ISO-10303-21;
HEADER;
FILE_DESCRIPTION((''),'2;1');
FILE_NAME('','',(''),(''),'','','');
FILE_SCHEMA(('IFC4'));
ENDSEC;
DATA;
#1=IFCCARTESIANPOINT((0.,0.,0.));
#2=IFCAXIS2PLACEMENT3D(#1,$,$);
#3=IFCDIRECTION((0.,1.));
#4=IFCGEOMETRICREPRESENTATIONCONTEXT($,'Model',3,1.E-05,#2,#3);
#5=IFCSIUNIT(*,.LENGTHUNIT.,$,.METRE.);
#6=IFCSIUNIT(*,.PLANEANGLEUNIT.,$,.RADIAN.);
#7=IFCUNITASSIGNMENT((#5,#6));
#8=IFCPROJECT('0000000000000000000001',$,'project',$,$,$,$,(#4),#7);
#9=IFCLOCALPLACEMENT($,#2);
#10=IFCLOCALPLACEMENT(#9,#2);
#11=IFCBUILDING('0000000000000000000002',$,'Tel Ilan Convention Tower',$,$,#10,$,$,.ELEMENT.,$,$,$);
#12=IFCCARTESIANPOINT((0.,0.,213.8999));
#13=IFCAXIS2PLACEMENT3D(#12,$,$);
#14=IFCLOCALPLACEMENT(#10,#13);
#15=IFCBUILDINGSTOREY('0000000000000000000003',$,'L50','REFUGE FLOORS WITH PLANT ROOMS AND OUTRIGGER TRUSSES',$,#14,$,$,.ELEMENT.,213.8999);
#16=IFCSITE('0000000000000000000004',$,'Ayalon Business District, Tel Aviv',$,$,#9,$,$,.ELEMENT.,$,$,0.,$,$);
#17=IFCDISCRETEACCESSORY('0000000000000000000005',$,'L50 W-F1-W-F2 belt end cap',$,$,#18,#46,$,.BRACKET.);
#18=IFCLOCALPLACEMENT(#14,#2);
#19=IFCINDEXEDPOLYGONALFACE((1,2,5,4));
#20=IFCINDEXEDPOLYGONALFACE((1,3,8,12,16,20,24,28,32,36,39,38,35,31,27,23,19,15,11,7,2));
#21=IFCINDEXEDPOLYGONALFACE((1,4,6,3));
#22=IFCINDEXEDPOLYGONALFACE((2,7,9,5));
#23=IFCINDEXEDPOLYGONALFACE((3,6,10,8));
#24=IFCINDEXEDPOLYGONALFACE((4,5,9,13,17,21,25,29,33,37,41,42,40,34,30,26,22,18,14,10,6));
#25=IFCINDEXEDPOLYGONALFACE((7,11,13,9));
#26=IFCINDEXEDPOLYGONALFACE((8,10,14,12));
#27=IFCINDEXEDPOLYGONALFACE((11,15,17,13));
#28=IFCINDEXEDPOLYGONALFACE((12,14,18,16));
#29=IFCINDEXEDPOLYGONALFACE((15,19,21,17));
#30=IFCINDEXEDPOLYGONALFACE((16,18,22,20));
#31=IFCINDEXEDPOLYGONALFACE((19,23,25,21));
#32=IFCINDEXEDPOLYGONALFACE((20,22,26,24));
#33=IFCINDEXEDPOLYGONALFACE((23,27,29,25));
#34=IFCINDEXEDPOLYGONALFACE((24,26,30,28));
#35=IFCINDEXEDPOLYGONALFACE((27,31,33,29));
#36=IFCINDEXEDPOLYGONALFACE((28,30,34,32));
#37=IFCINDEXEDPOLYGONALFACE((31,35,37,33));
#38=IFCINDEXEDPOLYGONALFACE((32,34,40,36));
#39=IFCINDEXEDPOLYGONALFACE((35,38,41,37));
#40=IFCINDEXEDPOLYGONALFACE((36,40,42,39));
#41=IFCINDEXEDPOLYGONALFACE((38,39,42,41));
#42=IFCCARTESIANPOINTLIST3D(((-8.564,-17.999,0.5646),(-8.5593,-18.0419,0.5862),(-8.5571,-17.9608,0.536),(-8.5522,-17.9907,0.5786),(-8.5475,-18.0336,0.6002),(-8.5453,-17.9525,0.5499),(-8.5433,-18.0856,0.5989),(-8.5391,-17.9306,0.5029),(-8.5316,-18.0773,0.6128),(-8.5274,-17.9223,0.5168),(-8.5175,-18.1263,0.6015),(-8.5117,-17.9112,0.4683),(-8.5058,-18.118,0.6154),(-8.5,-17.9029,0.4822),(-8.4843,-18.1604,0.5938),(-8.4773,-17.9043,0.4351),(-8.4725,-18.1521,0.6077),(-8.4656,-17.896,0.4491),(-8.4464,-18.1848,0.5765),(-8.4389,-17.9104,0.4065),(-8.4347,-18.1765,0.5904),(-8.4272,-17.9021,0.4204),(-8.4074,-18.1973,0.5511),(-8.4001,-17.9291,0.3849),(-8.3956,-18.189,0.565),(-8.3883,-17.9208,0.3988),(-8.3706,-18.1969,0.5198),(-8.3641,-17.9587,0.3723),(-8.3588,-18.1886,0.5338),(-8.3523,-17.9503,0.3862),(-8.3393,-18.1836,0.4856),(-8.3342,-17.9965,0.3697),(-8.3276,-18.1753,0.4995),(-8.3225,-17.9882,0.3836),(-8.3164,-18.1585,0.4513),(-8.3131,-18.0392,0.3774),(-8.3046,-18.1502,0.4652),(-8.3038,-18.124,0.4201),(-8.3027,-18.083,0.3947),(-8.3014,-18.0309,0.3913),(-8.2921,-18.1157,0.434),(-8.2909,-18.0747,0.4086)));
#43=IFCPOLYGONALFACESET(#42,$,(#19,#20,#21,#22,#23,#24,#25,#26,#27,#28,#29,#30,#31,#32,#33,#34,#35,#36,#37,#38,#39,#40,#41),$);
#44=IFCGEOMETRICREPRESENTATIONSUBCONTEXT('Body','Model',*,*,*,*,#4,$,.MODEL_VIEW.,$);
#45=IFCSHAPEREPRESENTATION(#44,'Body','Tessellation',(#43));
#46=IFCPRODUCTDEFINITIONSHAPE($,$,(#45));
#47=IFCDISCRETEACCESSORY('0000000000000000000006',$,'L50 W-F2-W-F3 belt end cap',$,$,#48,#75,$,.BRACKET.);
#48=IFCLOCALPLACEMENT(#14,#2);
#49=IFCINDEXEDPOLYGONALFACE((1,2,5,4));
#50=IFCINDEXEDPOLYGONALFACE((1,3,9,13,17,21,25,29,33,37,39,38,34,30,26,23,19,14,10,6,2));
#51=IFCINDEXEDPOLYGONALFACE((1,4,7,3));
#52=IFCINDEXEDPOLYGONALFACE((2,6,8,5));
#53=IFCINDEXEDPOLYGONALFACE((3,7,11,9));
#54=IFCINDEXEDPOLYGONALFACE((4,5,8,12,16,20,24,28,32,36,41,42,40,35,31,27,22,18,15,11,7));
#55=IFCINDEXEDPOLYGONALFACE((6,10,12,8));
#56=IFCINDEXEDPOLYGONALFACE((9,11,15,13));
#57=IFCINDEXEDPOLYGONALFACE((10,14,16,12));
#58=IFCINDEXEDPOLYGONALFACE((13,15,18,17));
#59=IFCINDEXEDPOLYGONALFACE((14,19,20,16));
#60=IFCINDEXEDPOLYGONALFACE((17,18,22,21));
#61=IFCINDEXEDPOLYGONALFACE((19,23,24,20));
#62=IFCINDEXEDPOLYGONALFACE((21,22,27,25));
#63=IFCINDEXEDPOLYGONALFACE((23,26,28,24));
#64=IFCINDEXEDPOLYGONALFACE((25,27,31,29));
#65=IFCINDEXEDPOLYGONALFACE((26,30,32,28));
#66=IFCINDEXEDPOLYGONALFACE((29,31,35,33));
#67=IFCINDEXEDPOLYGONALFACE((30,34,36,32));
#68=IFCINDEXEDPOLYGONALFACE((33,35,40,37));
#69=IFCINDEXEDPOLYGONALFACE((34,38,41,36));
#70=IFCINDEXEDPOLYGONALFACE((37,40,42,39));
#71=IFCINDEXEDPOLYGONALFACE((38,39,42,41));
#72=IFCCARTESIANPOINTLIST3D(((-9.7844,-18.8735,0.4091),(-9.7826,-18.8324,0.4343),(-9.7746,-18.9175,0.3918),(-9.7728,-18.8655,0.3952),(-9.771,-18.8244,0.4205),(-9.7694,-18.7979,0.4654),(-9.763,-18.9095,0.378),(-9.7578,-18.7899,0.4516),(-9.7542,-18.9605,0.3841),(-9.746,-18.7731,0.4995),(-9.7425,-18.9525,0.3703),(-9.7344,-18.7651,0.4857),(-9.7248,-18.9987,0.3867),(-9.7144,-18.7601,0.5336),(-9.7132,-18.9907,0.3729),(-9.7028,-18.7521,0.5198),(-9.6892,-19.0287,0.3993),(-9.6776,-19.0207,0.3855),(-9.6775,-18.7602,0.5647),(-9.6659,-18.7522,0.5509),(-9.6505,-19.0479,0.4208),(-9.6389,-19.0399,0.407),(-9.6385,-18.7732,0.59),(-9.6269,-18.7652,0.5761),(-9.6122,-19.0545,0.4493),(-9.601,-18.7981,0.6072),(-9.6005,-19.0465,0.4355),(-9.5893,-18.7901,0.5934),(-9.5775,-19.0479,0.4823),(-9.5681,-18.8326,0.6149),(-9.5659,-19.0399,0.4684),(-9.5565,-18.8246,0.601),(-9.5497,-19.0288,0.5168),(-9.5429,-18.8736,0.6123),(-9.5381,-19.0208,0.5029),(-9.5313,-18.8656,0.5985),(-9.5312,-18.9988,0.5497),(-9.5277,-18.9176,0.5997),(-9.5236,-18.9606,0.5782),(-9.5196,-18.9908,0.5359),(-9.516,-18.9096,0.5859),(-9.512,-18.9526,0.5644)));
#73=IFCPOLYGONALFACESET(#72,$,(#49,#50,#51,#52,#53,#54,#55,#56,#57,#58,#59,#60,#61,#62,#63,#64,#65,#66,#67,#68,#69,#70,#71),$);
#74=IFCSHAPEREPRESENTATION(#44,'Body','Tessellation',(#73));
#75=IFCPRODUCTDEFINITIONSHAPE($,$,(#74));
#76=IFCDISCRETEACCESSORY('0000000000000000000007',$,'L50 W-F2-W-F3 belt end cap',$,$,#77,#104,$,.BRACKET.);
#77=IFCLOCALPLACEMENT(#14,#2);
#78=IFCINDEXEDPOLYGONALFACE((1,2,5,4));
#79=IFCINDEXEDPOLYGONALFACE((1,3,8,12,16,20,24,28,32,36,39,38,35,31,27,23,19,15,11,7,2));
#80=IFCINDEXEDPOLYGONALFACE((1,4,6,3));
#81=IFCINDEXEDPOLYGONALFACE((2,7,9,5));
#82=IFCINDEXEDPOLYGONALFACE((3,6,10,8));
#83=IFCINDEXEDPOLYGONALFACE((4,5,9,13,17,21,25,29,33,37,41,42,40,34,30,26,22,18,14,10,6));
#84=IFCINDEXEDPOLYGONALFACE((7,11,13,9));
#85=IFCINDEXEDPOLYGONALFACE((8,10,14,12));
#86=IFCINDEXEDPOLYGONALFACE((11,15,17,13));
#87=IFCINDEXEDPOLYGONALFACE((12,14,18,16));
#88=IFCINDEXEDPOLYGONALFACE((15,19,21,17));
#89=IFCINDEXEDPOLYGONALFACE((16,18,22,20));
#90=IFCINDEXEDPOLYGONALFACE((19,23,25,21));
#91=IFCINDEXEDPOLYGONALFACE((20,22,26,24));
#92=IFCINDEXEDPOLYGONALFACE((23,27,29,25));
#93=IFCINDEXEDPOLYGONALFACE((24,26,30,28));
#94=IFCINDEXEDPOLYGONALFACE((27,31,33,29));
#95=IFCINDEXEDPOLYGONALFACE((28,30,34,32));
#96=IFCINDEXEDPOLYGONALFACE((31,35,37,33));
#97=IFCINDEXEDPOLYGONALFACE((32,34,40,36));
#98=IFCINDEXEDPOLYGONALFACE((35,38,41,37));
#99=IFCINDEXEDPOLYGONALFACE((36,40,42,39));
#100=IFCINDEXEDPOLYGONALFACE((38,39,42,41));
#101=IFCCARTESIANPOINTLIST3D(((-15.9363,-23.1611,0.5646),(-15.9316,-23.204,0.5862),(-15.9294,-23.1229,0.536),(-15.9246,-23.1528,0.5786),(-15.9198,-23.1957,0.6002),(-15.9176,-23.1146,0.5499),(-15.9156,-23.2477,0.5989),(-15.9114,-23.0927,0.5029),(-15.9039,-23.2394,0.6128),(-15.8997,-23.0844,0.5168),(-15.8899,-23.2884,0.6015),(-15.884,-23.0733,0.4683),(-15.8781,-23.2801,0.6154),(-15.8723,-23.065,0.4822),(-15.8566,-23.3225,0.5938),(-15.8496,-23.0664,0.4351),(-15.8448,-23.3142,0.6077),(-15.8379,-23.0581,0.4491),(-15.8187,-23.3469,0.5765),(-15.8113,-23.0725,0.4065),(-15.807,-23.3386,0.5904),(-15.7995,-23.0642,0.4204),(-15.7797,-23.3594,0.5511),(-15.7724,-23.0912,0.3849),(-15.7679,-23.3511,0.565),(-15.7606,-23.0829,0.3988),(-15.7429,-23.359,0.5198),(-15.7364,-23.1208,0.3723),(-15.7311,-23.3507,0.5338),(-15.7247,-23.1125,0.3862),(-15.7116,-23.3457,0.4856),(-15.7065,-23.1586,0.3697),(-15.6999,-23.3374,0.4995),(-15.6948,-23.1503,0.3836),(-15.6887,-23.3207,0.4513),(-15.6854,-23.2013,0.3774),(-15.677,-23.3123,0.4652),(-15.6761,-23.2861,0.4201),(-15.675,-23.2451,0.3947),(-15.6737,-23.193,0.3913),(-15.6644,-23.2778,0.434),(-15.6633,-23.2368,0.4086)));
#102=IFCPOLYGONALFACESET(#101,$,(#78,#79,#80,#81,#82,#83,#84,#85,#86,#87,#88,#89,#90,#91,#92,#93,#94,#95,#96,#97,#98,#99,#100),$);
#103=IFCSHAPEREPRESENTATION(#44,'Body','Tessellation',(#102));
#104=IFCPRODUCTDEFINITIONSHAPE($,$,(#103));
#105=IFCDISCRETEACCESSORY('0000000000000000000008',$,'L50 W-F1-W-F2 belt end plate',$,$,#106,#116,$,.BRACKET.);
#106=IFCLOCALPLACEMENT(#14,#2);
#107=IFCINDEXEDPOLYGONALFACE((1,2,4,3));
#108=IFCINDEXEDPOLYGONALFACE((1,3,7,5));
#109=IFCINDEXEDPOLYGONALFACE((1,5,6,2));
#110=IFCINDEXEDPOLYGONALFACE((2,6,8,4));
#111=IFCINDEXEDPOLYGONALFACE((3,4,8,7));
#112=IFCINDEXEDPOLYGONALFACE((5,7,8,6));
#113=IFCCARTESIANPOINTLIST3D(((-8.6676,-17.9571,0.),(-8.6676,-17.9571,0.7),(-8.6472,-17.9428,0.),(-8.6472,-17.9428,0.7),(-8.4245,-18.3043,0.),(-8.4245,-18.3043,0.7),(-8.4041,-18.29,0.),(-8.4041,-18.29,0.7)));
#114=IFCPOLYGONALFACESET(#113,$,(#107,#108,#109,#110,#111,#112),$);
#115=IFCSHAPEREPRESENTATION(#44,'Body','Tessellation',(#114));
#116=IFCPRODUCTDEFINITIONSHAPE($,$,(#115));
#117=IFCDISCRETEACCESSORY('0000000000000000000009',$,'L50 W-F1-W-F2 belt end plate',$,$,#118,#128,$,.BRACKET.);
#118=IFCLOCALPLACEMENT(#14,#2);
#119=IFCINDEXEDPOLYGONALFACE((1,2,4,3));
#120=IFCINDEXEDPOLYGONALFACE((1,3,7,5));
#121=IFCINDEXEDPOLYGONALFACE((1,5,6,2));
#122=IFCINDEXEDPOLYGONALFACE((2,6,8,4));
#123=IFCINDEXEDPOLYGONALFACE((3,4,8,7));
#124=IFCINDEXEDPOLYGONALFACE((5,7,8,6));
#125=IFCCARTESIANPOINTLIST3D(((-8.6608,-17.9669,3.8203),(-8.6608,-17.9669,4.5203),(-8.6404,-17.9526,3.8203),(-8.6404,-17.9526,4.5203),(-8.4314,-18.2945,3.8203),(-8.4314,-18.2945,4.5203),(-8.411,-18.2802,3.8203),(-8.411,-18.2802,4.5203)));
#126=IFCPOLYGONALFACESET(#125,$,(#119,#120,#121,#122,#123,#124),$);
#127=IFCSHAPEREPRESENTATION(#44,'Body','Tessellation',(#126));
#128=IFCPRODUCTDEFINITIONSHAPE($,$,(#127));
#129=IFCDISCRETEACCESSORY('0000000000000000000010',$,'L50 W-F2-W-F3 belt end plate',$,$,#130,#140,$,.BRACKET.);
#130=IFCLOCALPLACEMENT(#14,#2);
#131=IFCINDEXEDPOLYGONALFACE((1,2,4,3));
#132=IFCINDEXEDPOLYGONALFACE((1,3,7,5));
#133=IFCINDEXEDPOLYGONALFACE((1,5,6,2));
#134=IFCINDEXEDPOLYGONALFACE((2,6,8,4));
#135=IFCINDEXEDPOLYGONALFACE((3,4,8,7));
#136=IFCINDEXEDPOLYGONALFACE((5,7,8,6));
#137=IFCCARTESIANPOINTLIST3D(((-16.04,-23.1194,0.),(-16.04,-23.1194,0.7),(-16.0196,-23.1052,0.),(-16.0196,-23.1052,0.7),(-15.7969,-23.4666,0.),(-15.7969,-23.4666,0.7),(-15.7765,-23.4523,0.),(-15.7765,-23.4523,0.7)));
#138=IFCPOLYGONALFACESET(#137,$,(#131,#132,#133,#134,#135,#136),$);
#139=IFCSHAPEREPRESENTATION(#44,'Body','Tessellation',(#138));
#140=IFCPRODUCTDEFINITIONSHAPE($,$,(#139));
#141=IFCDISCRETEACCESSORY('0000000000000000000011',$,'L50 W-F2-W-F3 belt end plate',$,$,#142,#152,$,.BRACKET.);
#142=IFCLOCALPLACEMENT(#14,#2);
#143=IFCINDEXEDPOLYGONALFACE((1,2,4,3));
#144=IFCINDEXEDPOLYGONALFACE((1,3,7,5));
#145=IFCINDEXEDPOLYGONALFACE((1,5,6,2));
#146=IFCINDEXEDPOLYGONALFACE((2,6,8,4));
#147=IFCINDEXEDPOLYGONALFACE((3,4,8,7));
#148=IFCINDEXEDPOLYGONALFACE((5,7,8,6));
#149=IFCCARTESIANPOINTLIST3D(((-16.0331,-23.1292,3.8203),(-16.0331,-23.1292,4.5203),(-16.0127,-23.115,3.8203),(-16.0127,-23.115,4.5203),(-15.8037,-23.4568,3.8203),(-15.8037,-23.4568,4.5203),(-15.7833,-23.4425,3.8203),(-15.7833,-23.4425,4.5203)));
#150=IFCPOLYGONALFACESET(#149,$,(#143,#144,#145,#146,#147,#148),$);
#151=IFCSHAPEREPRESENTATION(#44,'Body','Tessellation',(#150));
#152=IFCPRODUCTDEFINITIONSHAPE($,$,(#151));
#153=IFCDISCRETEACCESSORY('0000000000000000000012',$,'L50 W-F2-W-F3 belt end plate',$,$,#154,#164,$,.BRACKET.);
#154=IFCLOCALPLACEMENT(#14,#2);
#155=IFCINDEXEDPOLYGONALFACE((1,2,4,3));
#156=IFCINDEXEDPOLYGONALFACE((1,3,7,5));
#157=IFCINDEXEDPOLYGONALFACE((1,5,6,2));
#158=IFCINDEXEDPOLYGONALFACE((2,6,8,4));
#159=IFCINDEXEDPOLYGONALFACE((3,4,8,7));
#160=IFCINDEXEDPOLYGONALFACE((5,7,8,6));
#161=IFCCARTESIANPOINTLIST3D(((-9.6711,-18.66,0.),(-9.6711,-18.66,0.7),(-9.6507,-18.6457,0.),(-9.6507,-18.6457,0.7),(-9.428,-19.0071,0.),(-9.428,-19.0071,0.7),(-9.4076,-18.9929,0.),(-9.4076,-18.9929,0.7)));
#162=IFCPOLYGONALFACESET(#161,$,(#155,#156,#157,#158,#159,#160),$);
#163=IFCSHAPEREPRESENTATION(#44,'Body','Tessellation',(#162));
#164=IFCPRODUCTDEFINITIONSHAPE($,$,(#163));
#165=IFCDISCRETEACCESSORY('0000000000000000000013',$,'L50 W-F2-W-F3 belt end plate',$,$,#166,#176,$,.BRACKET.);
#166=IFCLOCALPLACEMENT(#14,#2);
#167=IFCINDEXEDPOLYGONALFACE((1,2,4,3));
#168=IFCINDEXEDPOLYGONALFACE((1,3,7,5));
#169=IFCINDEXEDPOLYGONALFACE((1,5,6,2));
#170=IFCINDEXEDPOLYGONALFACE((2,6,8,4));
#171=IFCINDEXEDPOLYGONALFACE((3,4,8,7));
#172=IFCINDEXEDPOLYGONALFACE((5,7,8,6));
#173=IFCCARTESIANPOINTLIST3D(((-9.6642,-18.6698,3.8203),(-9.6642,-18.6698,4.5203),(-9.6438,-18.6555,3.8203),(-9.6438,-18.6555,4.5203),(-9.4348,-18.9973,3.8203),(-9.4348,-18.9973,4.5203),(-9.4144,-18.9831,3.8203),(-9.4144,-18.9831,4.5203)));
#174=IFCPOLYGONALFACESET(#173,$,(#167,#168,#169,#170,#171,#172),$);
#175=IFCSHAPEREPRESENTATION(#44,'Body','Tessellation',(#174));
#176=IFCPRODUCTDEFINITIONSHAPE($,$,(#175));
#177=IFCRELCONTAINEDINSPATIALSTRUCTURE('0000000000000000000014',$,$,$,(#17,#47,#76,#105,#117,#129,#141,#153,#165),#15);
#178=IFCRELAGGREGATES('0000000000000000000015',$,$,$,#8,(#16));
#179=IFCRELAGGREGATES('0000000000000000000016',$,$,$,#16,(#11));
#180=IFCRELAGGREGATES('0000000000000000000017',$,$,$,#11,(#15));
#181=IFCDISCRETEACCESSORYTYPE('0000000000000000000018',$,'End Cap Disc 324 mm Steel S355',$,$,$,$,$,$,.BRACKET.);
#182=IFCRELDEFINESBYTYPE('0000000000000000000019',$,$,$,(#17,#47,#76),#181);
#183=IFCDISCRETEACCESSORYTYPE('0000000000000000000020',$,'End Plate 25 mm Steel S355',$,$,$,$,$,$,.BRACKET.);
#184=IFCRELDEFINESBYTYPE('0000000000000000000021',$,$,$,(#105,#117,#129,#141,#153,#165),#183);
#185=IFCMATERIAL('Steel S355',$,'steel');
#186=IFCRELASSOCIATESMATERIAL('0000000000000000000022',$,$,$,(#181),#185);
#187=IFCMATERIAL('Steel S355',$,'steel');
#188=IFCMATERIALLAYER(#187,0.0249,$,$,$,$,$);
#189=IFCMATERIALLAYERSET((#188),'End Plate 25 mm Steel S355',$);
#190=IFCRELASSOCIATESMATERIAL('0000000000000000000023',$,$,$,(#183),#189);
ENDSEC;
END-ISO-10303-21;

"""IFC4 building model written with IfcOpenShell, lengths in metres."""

from ifc_helpers import new_model, si_unit, direction, frame, origin, origin_2d, place, context, subcontext, project, spatial, rectangle, circle, extrude, material, layer, layer_set, material_profile, profile_set, type_object, element, save


model = new_model("IFC4")

# Units and contexts
model_context = context("Model", 3, precision=1e-05, world=origin(), true_north=direction((0.0, 1.0)))
body_context = subcontext(model_context, "Body", "Model", "MODEL_VIEW")
ifc_project = project(units=[si_unit("LENGTHUNIT", "METRE"), si_unit("PLANEANGLEUNIT", "RADIAN")], contexts=[model_context])

# Site, building, storey
site_placement = place(None, origin())
site = spatial("IfcSite", under=ifc_project, at=site_placement, Name="Ayalon Business District, Tel Aviv", CompositionType="ELEMENT", RefElevation=0.0)
building_placement = place(site_placement, origin())
building = spatial("IfcBuilding", under=site, at=building_placement, Name="Tel Ilan Convention Tower", CompositionType="ELEMENT")
storey_placement = place(building_placement, frame((0.0, 0.0, 213.8999)))
storey = spatial("IfcBuildingStorey", under=building, at=storey_placement, Name="L50", Description="REFUGE FLOORS WITH PLANT ROOMS AND OUTRIGGER TRUSSES", CompositionType="ELEMENT", Elevation=213.8999)

# Discrete accessories
ifc_material_1 = material(Name="Steel S355", Category="steel")
ifc_material_profile_1 = material_profile(ifc_material_1, circle(Radius=0.1619, at=origin_2d()), Name="End Cap Disc 324 mm Steel S355")
ifc_profile_set_1 = profile_set([ifc_material_profile_1], Name="Steel S355")
discrete_accessory_type_1 = type_object("IfcDiscreteAccessoryType", Name="End Cap Disc 324 mm Steel S355", PredefinedType="BRACKET", material=ifc_profile_set_1)
discrete_accessory_1_placement = place(storey_placement, frame((-8.4211, -18.0432, 0.4995), z_axis=(-0.58602, -0.415097, -0.695899), x_axis=(0.578017, -0.816024, 0.0)))
element("IfcDiscreteAccessory", 1, at=discrete_accessory_1_placement, inside=storey, type_object=discrete_accessory_type_1, Name="L50 W-F1-W-F2 belt end cap", PredefinedType="BRACKET", context=body_context, shape_type="SweptSolid", body=[
    extrude(circle(Radius=0.1619, at=origin_2d()), origin(), (0.0, 0.0, 1.0), 0.02),
])
discrete_accessory_2_placement = place(storey_placement, frame((-9.6543, -18.9065, 0.4995), z_axis=(0.588968, 0.404916, -0.6994), x_axis=(-0.566529, 0.824042, 0.0)))
element("IfcDiscreteAccessory", 2, at=discrete_accessory_2_placement, inside=storey, type_object=discrete_accessory_type_1, Name="L50 W-F2-W-F3 belt end cap", PredefinedType="BRACKET", context=body_context, shape_type="SweptSolid", body=[
    extrude(circle(Radius=0.1619, at=origin_2d()), origin(), (0.0, 0.0, 1.0), 0.0198),
])
discrete_accessory_3_placement = place(storey_placement, frame((-15.7935, -23.2053, 0.4995), z_axis=(-0.58602, -0.415097, -0.695899), x_axis=(0.578017, -0.816024, 0.0)))
element("IfcDiscreteAccessory", 3, at=discrete_accessory_3_placement, inside=storey, type_object=discrete_accessory_type_1, Name="L50 W-F2-W-F3 belt end cap", PredefinedType="BRACKET", context=body_context, shape_type="SweptSolid", body=[
    extrude(circle(Radius=0.1619, at=origin_2d()), origin(), (0.0, 0.0, 1.0), 0.02),
])
ifc_material_2 = material(Name="Steel S355", Category="steel")
ifc_layer_1 = layer(ifc_material_2, 0.0249)
ifc_layer_set_1 = layer_set([ifc_layer_1], Name="End Plate 25 mm Steel S355")
discrete_accessory_type_2 = type_object("IfcDiscreteAccessoryType", Name="End Plate 25 mm Steel S355", PredefinedType="BRACKET", material=ifc_layer_set_1)
discrete_accessory_4_placement = place(storey_placement, frame((-8.5359, -18.1235, 0.0), z_axis=(0.0, 0.0, 1.0), x_axis=(-0.819152, -0.573576, 0.0)))
element("IfcDiscreteAccessory", 4, at=discrete_accessory_4_placement, inside=storey, type_object=discrete_accessory_type_2, Name="L50 W-F1-W-F2 belt end plate", PredefinedType="BRACKET", context=body_context, shape_type="SweptSolid", body=[
    extrude(rectangle(XDim=0.0249, YDim=0.4238, at=origin_2d()), origin(), (0.0, 0.0, 1.0), 0.7),
])
discrete_accessory_5_placement = place(storey_placement, frame((-8.5359, -18.1235, 3.8203), z_axis=(0.0, 0.0, 1.0), x_axis=(-0.819152, -0.573576, 0.0)))
element("IfcDiscreteAccessory", 5, at=discrete_accessory_5_placement, inside=storey, type_object=discrete_accessory_type_2, Name="L50 W-F1-W-F2 belt end plate", PredefinedType="BRACKET", context=body_context, shape_type="SweptSolid", body=[
    extrude(rectangle(XDim=0.0249, YDim=0.3999, at=origin_2d()), origin(), (0.0, 0.0, 1.0), 0.7),
])
discrete_accessory_6_placement = place(storey_placement, frame((-15.9082, -23.2859, 0.0), z_axis=(0.0, 0.0, 1.0), x_axis=(-0.819152, -0.573576, 0.0)))
element("IfcDiscreteAccessory", 6, at=discrete_accessory_6_placement, inside=storey, type_object=discrete_accessory_type_2, Name="L50 W-F2-W-F3 belt end plate", PredefinedType="BRACKET", context=body_context, shape_type="SweptSolid", body=[
    extrude(rectangle(XDim=0.0249, YDim=0.4238, at=origin_2d()), origin(), (0.0, 0.0, 1.0), 0.7),
])
discrete_accessory_7_placement = place(storey_placement, frame((-15.9082, -23.2859, 3.8203), z_axis=(0.0, 0.0, 1.0), x_axis=(-0.819152, -0.573576, 0.0)))
element("IfcDiscreteAccessory", 7, at=discrete_accessory_7_placement, inside=storey, type_object=discrete_accessory_type_2, Name="L50 W-F2-W-F3 belt end plate", PredefinedType="BRACKET", context=body_context, shape_type="SweptSolid", body=[
    extrude(rectangle(XDim=0.0249, YDim=0.3999, at=origin_2d()), origin(), (0.0, 0.0, 1.0), 0.7),
])
discrete_accessory_8_placement = place(storey_placement, frame((-9.5393, -18.8264, 0.0), z_axis=(0.0, 0.0, 1.0), x_axis=(0.819152, 0.573576, 0.0)))
element("IfcDiscreteAccessory", 8, at=discrete_accessory_8_placement, inside=storey, type_object=discrete_accessory_type_2, Name="L50 W-F2-W-F3 belt end plate", PredefinedType="BRACKET", context=body_context, shape_type="SweptSolid", body=[
    extrude(rectangle(XDim=0.0249, YDim=0.4238, at=origin_2d()), origin(), (0.0, 0.0, 1.0), 0.7),
])
discrete_accessory_9_placement = place(storey_placement, frame((-9.5393, -18.8264, 3.8203), z_axis=(0.0, 0.0, 1.0), x_axis=(0.819152, 0.573576, 0.0)))
element("IfcDiscreteAccessory", 9, at=discrete_accessory_9_placement, inside=storey, type_object=discrete_accessory_type_2, Name="L50 W-F2-W-F3 belt end plate", PredefinedType="BRACKET", context=body_context, shape_type="SweptSolid", body=[
    extrude(rectangle(XDim=0.0249, YDim=0.3999, at=origin_2d()), origin(), (0.0, 0.0, 1.0), 0.7),
])

save(model, "model.ifc")
